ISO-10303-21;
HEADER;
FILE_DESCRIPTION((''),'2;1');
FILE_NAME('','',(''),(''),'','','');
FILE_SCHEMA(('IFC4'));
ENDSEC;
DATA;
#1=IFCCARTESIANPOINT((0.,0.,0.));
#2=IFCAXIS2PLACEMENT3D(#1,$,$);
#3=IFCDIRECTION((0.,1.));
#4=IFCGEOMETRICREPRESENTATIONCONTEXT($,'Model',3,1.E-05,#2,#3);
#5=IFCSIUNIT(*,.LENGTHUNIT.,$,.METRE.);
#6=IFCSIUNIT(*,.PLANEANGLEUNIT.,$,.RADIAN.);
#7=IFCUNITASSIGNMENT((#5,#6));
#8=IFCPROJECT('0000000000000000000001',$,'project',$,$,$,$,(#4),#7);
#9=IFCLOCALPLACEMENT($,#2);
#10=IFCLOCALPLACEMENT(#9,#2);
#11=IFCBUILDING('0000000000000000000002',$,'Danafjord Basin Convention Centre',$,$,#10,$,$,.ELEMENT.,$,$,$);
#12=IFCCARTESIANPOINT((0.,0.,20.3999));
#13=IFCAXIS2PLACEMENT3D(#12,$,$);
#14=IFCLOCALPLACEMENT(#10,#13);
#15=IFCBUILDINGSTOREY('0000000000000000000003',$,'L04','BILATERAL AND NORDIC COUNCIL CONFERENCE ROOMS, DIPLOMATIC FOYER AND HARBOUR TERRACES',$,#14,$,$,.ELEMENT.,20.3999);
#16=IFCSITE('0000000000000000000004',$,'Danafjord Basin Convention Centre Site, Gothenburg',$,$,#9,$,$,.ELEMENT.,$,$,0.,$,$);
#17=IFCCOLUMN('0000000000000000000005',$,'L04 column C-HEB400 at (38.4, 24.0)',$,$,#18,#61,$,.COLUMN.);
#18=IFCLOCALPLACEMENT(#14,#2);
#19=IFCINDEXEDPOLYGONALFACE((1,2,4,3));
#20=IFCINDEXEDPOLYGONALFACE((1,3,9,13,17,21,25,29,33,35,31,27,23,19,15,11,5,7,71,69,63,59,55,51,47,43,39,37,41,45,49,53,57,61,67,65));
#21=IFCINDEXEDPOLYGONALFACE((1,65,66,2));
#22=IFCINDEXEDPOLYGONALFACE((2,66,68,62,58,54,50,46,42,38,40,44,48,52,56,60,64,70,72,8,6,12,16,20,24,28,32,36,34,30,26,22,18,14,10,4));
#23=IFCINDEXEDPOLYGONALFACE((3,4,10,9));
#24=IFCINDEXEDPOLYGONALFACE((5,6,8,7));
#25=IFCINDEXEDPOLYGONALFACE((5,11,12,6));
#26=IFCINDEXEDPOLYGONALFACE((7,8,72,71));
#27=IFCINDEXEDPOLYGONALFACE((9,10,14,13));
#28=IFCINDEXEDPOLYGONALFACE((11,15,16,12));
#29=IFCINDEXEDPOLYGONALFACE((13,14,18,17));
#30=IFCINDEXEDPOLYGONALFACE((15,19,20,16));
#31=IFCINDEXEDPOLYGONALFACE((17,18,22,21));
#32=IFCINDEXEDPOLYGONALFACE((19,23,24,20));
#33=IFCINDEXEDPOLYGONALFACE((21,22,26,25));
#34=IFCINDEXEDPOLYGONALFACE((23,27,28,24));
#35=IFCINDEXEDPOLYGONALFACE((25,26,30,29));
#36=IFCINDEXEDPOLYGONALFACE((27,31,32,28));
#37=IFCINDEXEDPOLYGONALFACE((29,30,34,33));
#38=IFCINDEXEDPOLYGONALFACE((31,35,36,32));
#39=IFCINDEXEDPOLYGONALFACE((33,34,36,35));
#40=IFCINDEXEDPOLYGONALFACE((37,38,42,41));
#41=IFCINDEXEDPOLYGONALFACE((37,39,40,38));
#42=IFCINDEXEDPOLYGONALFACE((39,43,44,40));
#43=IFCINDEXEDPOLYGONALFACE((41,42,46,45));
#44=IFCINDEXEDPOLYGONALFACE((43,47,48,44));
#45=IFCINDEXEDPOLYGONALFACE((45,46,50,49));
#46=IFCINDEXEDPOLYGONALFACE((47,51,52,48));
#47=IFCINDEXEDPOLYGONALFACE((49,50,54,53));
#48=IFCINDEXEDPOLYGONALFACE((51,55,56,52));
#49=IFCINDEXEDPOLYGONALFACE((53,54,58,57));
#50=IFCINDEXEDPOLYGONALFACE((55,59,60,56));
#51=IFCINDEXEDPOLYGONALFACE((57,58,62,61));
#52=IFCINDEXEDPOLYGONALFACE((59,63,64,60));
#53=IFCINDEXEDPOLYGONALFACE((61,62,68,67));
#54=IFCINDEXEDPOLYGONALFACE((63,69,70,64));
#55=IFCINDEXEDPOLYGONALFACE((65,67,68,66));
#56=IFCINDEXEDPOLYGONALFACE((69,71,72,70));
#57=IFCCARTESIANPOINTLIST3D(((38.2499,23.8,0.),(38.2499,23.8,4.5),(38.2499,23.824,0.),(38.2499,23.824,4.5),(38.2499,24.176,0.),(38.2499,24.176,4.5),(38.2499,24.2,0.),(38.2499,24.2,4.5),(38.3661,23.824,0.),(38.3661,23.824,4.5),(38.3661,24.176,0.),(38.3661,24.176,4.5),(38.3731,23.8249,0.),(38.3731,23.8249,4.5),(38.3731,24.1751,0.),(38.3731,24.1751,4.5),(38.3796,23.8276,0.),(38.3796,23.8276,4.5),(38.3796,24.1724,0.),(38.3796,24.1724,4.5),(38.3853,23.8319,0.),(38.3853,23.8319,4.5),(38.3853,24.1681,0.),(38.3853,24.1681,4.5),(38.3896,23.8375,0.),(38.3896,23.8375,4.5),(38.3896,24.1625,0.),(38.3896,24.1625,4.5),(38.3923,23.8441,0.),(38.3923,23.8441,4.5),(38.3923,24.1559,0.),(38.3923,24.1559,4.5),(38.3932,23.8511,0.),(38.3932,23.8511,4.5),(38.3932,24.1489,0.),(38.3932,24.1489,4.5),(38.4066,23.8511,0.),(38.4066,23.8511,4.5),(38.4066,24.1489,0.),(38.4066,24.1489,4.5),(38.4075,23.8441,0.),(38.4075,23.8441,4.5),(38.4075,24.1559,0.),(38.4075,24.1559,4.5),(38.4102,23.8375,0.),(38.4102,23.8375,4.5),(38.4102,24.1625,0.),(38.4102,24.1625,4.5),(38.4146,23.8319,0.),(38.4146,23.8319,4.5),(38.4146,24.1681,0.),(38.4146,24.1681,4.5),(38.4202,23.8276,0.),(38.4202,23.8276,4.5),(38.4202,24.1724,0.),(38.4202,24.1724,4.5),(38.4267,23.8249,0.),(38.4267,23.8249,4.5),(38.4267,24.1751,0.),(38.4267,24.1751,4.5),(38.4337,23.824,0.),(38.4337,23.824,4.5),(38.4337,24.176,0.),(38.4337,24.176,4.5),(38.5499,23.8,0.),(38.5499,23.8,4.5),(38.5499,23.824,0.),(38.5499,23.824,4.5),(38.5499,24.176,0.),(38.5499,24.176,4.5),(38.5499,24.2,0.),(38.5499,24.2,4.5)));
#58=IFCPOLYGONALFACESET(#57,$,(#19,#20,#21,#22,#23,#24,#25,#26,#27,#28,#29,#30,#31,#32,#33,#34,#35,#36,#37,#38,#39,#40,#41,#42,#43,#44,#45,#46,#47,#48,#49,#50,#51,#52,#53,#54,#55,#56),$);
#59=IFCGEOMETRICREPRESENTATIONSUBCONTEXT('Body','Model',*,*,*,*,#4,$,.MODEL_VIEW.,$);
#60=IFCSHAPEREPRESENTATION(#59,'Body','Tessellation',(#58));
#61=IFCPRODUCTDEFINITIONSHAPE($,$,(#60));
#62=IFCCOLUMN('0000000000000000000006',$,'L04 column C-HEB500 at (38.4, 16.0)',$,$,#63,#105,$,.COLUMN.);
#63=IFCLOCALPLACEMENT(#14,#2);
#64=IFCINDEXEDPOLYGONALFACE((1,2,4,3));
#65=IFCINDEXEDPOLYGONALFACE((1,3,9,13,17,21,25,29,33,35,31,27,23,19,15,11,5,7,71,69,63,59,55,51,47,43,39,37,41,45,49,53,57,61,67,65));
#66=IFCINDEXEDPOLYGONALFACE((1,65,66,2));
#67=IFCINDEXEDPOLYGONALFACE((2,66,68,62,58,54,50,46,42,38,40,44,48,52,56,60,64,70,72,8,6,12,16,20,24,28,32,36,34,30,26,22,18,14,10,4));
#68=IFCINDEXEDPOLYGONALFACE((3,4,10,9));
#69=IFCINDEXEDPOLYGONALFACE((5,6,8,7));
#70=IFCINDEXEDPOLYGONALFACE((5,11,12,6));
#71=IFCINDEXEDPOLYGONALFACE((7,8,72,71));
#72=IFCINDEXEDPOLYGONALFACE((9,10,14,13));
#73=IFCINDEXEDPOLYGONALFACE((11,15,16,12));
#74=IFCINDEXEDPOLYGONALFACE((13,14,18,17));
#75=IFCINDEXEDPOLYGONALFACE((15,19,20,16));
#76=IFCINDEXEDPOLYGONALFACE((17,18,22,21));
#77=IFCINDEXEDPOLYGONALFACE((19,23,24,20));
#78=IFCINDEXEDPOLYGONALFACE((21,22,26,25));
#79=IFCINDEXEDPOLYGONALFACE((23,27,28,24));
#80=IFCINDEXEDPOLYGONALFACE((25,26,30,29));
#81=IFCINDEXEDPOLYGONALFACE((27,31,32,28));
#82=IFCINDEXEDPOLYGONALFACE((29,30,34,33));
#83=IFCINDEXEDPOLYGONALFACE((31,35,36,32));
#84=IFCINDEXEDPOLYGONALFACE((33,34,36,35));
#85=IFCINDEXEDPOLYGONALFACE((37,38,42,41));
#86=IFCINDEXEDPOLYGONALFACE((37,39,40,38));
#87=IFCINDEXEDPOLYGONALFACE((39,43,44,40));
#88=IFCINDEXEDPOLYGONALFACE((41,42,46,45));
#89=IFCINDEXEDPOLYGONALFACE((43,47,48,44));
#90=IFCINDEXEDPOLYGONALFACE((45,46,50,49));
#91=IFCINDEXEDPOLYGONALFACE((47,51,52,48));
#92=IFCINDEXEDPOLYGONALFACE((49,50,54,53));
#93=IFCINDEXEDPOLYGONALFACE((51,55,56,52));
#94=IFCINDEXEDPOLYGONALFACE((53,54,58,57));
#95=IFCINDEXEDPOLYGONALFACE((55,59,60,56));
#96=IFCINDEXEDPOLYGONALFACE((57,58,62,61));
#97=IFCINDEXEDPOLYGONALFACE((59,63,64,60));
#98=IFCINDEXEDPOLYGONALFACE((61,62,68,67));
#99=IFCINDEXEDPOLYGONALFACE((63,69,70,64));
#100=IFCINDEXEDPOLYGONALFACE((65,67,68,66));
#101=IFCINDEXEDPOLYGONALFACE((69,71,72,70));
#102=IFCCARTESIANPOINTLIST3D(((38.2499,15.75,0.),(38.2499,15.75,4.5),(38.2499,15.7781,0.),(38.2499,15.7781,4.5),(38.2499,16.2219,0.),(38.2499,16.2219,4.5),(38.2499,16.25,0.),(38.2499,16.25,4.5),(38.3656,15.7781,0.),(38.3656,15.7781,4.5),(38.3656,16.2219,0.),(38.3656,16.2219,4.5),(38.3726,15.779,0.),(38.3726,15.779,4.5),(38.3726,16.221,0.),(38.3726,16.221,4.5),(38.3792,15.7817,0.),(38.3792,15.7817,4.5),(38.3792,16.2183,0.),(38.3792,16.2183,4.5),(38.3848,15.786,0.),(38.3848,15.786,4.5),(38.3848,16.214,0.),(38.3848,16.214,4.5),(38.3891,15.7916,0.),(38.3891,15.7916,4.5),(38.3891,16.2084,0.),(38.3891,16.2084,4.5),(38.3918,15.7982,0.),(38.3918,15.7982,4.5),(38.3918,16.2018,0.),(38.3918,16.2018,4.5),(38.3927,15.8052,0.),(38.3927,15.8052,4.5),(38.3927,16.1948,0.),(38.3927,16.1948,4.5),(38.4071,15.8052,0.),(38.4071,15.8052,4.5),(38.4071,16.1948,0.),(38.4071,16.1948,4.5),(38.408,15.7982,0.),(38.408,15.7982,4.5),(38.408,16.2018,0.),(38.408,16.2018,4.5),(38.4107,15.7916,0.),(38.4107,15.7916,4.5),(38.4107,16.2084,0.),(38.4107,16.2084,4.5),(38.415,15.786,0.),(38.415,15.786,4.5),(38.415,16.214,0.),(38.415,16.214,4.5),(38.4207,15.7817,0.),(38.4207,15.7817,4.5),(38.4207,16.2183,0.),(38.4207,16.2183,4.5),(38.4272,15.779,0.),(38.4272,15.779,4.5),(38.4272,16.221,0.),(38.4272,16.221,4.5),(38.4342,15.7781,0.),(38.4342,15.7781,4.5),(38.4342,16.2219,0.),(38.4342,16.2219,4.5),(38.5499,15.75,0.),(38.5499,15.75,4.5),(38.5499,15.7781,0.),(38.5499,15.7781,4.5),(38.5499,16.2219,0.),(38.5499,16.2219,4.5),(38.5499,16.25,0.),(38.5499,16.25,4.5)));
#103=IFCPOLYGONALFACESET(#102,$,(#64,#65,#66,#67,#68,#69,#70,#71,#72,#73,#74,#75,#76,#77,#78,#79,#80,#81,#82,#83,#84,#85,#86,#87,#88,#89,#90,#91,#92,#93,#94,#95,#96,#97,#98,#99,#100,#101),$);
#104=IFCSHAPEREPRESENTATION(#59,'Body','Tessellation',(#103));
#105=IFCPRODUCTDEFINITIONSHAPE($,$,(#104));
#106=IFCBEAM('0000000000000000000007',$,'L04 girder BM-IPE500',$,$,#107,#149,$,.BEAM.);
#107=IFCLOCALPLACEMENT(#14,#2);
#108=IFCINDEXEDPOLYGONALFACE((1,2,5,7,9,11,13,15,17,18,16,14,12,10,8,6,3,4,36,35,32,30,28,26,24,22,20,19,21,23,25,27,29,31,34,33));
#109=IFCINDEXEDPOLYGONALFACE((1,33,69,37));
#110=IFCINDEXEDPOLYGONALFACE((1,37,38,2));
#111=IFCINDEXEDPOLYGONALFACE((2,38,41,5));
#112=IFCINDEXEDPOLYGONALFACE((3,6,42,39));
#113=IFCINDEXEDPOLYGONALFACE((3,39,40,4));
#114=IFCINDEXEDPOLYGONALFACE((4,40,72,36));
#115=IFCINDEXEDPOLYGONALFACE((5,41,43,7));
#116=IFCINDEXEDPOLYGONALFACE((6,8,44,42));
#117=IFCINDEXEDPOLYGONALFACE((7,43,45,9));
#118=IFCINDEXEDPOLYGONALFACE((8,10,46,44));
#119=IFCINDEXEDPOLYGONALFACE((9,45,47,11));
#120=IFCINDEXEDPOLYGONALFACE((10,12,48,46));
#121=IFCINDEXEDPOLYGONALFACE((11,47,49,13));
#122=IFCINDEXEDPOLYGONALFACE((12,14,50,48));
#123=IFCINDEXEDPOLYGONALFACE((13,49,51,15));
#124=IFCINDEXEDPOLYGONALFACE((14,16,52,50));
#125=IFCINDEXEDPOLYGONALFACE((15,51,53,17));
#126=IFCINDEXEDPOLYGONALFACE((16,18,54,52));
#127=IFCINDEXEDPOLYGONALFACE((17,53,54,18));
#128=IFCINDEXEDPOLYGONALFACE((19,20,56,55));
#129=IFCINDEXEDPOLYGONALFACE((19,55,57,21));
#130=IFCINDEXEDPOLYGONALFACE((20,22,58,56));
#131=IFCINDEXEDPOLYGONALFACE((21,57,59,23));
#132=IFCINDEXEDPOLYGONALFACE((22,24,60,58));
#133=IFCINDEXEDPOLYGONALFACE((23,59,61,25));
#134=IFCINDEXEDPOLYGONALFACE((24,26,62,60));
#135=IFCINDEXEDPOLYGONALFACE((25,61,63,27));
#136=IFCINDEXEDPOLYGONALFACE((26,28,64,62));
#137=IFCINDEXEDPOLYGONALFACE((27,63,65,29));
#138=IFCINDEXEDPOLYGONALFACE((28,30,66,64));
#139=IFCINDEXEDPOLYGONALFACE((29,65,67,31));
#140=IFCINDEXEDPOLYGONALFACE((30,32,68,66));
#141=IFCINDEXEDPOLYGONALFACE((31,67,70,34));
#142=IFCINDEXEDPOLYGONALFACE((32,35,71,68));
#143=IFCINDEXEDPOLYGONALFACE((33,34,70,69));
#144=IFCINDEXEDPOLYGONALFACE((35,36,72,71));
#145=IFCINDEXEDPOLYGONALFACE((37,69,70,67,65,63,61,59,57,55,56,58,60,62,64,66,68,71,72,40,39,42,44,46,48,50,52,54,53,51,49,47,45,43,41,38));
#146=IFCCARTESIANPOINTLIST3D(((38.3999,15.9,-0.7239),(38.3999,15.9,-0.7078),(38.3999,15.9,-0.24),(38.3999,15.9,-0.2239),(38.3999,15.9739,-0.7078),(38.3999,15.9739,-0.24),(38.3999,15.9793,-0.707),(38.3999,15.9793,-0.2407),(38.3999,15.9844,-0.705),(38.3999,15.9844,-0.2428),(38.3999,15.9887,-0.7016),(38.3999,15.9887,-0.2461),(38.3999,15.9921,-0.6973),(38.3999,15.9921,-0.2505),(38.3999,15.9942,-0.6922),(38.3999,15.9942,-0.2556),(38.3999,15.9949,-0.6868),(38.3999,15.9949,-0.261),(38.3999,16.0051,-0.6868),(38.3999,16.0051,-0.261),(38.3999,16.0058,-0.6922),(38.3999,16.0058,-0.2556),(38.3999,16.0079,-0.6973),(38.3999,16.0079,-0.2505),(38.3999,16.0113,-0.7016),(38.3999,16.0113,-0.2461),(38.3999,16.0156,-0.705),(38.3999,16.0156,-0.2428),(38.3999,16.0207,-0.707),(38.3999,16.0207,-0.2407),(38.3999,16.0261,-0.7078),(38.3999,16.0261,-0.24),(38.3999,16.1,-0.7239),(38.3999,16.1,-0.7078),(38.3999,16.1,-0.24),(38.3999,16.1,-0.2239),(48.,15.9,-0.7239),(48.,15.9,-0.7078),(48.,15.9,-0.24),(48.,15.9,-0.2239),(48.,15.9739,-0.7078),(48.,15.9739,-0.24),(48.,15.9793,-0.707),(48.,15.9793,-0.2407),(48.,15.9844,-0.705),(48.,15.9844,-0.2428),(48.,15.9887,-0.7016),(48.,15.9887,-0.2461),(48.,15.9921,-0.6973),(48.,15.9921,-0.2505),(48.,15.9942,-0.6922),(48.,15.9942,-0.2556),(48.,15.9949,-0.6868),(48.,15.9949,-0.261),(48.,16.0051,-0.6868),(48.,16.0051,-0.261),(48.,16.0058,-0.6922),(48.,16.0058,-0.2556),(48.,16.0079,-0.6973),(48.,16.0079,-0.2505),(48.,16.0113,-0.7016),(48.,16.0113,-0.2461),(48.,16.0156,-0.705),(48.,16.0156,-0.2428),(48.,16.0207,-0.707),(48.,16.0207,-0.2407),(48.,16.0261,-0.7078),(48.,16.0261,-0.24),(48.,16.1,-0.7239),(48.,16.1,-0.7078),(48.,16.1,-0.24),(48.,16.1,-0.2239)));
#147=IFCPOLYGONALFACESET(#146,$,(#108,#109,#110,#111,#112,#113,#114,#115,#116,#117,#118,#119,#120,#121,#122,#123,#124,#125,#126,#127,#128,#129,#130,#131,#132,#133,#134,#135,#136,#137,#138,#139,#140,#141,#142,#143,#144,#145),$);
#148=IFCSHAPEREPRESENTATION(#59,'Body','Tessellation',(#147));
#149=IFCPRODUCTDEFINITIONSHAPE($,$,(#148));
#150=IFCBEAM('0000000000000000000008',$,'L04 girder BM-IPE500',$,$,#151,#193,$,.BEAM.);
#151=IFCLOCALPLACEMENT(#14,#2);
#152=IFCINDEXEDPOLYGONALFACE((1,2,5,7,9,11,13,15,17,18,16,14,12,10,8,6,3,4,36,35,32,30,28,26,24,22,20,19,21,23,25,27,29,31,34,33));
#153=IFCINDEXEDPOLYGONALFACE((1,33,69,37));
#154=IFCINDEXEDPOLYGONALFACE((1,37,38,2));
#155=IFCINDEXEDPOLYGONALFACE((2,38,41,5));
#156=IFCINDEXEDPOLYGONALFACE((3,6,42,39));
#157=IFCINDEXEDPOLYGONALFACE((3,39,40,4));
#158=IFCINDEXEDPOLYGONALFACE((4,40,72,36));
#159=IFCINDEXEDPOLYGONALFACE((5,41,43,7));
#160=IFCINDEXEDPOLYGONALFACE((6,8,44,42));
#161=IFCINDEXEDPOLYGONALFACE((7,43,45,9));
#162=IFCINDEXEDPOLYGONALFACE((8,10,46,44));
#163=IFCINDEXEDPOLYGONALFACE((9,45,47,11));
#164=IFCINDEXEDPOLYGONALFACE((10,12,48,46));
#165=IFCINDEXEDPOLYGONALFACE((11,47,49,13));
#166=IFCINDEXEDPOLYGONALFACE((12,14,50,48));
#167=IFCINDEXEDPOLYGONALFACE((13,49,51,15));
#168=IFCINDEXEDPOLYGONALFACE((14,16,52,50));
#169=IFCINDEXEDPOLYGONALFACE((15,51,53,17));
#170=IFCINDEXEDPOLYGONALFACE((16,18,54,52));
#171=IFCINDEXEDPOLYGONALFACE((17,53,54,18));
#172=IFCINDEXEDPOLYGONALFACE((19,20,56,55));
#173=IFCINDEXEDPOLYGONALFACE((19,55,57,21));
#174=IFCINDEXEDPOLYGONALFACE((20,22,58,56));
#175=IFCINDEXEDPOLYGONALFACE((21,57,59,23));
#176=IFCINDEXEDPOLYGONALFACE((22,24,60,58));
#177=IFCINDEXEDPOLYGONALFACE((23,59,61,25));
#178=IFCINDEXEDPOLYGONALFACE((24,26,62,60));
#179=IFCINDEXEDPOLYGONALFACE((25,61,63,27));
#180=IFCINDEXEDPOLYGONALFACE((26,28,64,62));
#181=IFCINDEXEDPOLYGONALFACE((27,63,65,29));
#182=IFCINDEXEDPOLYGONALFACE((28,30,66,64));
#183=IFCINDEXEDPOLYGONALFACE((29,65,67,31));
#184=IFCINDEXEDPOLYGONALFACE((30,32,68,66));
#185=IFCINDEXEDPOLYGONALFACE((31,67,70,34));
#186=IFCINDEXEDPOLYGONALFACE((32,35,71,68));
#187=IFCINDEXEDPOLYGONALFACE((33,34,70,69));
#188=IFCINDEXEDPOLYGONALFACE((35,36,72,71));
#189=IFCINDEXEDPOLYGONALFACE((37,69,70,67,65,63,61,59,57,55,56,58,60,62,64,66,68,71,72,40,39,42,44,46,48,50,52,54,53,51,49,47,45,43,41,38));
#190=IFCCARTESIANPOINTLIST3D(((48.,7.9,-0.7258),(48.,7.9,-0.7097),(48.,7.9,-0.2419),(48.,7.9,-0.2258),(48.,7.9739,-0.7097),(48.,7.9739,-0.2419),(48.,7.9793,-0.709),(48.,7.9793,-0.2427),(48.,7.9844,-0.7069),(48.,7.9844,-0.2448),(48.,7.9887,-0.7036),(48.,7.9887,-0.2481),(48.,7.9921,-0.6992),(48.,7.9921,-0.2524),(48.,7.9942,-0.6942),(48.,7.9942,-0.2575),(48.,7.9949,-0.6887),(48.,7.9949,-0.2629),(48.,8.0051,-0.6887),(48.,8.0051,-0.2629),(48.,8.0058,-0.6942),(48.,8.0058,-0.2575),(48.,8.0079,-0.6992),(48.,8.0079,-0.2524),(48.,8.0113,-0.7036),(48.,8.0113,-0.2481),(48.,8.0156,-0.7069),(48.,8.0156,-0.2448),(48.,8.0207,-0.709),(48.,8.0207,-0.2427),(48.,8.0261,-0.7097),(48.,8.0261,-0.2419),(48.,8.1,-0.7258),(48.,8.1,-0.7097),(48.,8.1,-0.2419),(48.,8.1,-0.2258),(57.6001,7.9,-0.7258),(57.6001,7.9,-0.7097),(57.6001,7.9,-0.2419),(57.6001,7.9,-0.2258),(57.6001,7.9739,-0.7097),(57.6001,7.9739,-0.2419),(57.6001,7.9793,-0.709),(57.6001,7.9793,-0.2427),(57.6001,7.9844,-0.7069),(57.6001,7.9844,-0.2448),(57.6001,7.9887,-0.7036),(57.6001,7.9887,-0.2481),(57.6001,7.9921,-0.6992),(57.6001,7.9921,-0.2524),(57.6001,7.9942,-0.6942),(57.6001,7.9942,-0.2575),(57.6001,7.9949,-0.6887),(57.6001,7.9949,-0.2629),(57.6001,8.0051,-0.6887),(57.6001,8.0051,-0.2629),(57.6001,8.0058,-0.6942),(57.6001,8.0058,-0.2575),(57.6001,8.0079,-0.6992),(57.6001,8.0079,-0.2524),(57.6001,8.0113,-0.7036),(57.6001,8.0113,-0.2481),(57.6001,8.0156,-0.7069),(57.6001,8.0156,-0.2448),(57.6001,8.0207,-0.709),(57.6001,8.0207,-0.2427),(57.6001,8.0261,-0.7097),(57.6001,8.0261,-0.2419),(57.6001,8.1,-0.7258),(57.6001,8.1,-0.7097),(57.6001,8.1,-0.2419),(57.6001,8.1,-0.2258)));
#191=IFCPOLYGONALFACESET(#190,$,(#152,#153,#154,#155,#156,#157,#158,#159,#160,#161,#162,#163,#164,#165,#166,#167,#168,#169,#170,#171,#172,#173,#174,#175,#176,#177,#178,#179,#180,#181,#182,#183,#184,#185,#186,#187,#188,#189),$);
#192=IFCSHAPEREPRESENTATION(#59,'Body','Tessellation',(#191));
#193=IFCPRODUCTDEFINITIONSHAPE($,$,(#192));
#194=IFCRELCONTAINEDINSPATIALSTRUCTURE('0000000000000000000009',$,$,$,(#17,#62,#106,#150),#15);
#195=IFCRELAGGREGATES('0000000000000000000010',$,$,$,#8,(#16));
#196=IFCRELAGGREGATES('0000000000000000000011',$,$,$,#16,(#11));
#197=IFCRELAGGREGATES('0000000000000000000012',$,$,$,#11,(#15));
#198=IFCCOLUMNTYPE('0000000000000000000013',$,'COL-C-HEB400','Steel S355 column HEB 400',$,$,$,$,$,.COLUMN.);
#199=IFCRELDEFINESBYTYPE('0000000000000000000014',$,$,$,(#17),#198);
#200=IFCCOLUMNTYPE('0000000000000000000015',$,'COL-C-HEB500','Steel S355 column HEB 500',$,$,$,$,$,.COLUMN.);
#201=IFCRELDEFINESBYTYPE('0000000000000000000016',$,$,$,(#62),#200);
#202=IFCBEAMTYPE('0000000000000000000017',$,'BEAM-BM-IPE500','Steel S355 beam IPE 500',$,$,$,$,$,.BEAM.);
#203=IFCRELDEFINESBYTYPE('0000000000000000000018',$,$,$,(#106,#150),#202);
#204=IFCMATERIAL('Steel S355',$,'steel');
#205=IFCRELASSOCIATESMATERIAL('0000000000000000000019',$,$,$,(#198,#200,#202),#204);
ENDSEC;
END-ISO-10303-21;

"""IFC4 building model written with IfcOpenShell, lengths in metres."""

from ifc_helpers import new_model, si_unit, direction, frame, origin, origin_2d, place, context, subcontext, project, spatial, i_section, extrude, material, material_profile, profile_set, type_object, element, save


model = new_model("IFC4")

# Units and contexts
model_context = context("Model", 3, precision=1e-05, world=origin(), true_north=direction((0.0, 1.0)))
body_context = subcontext(model_context, "Body", "Model", "MODEL_VIEW")
ifc_project = project(units=[si_unit("LENGTHUNIT", "METRE"), si_unit("PLANEANGLEUNIT", "RADIAN")], contexts=[model_context])

# Site, building, storey
site_placement = place(None, origin())
site = spatial("IfcSite", under=ifc_project, at=site_placement, Name="Danafjord Basin Convention Centre Site, Gothenburg", CompositionType="ELEMENT", RefElevation=0.0)
building_placement = place(site_placement, origin())
building = spatial("IfcBuilding", under=site, at=building_placement, Name="Danafjord Basin Convention Centre", CompositionType="ELEMENT")
storey_placement = place(building_placement, frame((0.0, 0.0, 20.3999)))
storey = spatial("IfcBuildingStorey", under=building, at=storey_placement, Name="L04", Description="BILATERAL AND NORDIC COUNCIL CONFERENCE ROOMS, DIPLOMATIC FOYER AND HARBOUR TERRACES", CompositionType="ELEMENT", Elevation=20.3999)

# Columns
ifc_material_1 = material(Name="Steel S355", Category="steel")
ifc_material_profile_1 = material_profile(ifc_material_1, i_section(OverallWidth=0.3, OverallDepth=0.3999, WebThickness=0.0134, FlangeThickness=0.0239, FilletRadius=0.0271, at=origin_2d()), Name="HEB 400")
ifc_profile_set_1 = profile_set([ifc_material_profile_1], Name="Steel S355")
column_type_1 = type_object("IfcColumnType", Name="COL-C-HEB400", Description="Steel S355 column HEB 400", PredefinedType="COLUMN", material=ifc_profile_set_1)
column_1_placement = place(storey_placement, frame((38.3999, 24.0, 0.0), z_axis=(0.0, 0.0, 1.0), x_axis=(1.0, 0.0, 0.0)))
element("IfcColumn", 1, at=column_1_placement, inside=storey, type_object=column_type_1, Name="L04 column C-HEB400 at (38.4, 24.0)", PredefinedType="COLUMN", context=body_context, shape_type="SweptSolid", body=[
    extrude(i_section(OverallWidth=0.3, OverallDepth=0.3999, WebThickness=0.0134, FlangeThickness=0.0239, FilletRadius=0.0271, at=origin_2d()), origin(), (0.0, 0.0, 1.0), 4.5),
])
ifc_material_profile_2 = material_profile(ifc_material_1, i_section(OverallWidth=0.3, OverallDepth=0.5, WebThickness=0.0144, FlangeThickness=0.0281, FilletRadius=0.0271, at=origin_2d()), Name="HEB 500")
ifc_profile_set_2 = profile_set([ifc_material_profile_2], Name="Steel S355")
column_type_2 = type_object("IfcColumnType", Name="COL-C-HEB500", Description="Steel S355 column HEB 500", PredefinedType="COLUMN", material=ifc_profile_set_2)
column_2_placement = place(storey_placement, frame((38.3999, 16.0, 0.0), z_axis=(0.0, 0.0, 1.0), x_axis=(1.0, 0.0, 0.0)))
element("IfcColumn", 2, at=column_2_placement, inside=storey, type_object=column_type_2, Name="L04 column C-HEB500 at (38.4, 16.0)", PredefinedType="COLUMN", context=body_context, shape_type="SweptSolid", body=[
    extrude(i_section(OverallWidth=0.3, OverallDepth=0.5, WebThickness=0.0144, FlangeThickness=0.0281, FilletRadius=0.0271, at=origin_2d()), origin(), (0.0, 0.0, 1.0), 4.5),
])

# Beams
ifc_material_profile_3 = material_profile(ifc_material_1, i_section(OverallWidth=0.2, OverallDepth=0.5, WebThickness=0.0103, FlangeThickness=0.0161, FilletRadius=0.021, at=origin_2d()), Name="IPE 500")
ifc_profile_set_3 = profile_set([ifc_material_profile_3], Name="Steel S355")
beam_type_1 = type_object("IfcBeamType", Name="BEAM-BM-IPE500", Description="Steel S355 beam IPE 500", PredefinedType="BEAM", material=ifc_profile_set_3)
for number, where, z_axis, x_axis, name in (
    (3, (38.3999, 16.0, -0.4739), (1.0, 0.0, 0.0), (0.0, 1.0, 0.0), "L04 girder BM-IPE500"),
    (4, (48.0, 8.0, -0.4758), (1.0, 0.0, 0.0), (0.0, 1.0, 0.0), "L04 girder BM-IPE500"),
):
    element("IfcBeam", number, at=place(storey_placement, frame(where, z_axis=z_axis, x_axis=x_axis)), inside=storey, type_object=beam_type_1, Name=name, PredefinedType="BEAM", context=body_context, shape_type="SweptSolid", body=[
        extrude(i_section(OverallWidth=0.2, OverallDepth=0.5, WebThickness=0.0103, FlangeThickness=0.0161, FilletRadius=0.021, at=origin_2d()), origin(), (0.0, 0.0, 1.0), 9.6001),
    ])

save(model, "model.ifc")
